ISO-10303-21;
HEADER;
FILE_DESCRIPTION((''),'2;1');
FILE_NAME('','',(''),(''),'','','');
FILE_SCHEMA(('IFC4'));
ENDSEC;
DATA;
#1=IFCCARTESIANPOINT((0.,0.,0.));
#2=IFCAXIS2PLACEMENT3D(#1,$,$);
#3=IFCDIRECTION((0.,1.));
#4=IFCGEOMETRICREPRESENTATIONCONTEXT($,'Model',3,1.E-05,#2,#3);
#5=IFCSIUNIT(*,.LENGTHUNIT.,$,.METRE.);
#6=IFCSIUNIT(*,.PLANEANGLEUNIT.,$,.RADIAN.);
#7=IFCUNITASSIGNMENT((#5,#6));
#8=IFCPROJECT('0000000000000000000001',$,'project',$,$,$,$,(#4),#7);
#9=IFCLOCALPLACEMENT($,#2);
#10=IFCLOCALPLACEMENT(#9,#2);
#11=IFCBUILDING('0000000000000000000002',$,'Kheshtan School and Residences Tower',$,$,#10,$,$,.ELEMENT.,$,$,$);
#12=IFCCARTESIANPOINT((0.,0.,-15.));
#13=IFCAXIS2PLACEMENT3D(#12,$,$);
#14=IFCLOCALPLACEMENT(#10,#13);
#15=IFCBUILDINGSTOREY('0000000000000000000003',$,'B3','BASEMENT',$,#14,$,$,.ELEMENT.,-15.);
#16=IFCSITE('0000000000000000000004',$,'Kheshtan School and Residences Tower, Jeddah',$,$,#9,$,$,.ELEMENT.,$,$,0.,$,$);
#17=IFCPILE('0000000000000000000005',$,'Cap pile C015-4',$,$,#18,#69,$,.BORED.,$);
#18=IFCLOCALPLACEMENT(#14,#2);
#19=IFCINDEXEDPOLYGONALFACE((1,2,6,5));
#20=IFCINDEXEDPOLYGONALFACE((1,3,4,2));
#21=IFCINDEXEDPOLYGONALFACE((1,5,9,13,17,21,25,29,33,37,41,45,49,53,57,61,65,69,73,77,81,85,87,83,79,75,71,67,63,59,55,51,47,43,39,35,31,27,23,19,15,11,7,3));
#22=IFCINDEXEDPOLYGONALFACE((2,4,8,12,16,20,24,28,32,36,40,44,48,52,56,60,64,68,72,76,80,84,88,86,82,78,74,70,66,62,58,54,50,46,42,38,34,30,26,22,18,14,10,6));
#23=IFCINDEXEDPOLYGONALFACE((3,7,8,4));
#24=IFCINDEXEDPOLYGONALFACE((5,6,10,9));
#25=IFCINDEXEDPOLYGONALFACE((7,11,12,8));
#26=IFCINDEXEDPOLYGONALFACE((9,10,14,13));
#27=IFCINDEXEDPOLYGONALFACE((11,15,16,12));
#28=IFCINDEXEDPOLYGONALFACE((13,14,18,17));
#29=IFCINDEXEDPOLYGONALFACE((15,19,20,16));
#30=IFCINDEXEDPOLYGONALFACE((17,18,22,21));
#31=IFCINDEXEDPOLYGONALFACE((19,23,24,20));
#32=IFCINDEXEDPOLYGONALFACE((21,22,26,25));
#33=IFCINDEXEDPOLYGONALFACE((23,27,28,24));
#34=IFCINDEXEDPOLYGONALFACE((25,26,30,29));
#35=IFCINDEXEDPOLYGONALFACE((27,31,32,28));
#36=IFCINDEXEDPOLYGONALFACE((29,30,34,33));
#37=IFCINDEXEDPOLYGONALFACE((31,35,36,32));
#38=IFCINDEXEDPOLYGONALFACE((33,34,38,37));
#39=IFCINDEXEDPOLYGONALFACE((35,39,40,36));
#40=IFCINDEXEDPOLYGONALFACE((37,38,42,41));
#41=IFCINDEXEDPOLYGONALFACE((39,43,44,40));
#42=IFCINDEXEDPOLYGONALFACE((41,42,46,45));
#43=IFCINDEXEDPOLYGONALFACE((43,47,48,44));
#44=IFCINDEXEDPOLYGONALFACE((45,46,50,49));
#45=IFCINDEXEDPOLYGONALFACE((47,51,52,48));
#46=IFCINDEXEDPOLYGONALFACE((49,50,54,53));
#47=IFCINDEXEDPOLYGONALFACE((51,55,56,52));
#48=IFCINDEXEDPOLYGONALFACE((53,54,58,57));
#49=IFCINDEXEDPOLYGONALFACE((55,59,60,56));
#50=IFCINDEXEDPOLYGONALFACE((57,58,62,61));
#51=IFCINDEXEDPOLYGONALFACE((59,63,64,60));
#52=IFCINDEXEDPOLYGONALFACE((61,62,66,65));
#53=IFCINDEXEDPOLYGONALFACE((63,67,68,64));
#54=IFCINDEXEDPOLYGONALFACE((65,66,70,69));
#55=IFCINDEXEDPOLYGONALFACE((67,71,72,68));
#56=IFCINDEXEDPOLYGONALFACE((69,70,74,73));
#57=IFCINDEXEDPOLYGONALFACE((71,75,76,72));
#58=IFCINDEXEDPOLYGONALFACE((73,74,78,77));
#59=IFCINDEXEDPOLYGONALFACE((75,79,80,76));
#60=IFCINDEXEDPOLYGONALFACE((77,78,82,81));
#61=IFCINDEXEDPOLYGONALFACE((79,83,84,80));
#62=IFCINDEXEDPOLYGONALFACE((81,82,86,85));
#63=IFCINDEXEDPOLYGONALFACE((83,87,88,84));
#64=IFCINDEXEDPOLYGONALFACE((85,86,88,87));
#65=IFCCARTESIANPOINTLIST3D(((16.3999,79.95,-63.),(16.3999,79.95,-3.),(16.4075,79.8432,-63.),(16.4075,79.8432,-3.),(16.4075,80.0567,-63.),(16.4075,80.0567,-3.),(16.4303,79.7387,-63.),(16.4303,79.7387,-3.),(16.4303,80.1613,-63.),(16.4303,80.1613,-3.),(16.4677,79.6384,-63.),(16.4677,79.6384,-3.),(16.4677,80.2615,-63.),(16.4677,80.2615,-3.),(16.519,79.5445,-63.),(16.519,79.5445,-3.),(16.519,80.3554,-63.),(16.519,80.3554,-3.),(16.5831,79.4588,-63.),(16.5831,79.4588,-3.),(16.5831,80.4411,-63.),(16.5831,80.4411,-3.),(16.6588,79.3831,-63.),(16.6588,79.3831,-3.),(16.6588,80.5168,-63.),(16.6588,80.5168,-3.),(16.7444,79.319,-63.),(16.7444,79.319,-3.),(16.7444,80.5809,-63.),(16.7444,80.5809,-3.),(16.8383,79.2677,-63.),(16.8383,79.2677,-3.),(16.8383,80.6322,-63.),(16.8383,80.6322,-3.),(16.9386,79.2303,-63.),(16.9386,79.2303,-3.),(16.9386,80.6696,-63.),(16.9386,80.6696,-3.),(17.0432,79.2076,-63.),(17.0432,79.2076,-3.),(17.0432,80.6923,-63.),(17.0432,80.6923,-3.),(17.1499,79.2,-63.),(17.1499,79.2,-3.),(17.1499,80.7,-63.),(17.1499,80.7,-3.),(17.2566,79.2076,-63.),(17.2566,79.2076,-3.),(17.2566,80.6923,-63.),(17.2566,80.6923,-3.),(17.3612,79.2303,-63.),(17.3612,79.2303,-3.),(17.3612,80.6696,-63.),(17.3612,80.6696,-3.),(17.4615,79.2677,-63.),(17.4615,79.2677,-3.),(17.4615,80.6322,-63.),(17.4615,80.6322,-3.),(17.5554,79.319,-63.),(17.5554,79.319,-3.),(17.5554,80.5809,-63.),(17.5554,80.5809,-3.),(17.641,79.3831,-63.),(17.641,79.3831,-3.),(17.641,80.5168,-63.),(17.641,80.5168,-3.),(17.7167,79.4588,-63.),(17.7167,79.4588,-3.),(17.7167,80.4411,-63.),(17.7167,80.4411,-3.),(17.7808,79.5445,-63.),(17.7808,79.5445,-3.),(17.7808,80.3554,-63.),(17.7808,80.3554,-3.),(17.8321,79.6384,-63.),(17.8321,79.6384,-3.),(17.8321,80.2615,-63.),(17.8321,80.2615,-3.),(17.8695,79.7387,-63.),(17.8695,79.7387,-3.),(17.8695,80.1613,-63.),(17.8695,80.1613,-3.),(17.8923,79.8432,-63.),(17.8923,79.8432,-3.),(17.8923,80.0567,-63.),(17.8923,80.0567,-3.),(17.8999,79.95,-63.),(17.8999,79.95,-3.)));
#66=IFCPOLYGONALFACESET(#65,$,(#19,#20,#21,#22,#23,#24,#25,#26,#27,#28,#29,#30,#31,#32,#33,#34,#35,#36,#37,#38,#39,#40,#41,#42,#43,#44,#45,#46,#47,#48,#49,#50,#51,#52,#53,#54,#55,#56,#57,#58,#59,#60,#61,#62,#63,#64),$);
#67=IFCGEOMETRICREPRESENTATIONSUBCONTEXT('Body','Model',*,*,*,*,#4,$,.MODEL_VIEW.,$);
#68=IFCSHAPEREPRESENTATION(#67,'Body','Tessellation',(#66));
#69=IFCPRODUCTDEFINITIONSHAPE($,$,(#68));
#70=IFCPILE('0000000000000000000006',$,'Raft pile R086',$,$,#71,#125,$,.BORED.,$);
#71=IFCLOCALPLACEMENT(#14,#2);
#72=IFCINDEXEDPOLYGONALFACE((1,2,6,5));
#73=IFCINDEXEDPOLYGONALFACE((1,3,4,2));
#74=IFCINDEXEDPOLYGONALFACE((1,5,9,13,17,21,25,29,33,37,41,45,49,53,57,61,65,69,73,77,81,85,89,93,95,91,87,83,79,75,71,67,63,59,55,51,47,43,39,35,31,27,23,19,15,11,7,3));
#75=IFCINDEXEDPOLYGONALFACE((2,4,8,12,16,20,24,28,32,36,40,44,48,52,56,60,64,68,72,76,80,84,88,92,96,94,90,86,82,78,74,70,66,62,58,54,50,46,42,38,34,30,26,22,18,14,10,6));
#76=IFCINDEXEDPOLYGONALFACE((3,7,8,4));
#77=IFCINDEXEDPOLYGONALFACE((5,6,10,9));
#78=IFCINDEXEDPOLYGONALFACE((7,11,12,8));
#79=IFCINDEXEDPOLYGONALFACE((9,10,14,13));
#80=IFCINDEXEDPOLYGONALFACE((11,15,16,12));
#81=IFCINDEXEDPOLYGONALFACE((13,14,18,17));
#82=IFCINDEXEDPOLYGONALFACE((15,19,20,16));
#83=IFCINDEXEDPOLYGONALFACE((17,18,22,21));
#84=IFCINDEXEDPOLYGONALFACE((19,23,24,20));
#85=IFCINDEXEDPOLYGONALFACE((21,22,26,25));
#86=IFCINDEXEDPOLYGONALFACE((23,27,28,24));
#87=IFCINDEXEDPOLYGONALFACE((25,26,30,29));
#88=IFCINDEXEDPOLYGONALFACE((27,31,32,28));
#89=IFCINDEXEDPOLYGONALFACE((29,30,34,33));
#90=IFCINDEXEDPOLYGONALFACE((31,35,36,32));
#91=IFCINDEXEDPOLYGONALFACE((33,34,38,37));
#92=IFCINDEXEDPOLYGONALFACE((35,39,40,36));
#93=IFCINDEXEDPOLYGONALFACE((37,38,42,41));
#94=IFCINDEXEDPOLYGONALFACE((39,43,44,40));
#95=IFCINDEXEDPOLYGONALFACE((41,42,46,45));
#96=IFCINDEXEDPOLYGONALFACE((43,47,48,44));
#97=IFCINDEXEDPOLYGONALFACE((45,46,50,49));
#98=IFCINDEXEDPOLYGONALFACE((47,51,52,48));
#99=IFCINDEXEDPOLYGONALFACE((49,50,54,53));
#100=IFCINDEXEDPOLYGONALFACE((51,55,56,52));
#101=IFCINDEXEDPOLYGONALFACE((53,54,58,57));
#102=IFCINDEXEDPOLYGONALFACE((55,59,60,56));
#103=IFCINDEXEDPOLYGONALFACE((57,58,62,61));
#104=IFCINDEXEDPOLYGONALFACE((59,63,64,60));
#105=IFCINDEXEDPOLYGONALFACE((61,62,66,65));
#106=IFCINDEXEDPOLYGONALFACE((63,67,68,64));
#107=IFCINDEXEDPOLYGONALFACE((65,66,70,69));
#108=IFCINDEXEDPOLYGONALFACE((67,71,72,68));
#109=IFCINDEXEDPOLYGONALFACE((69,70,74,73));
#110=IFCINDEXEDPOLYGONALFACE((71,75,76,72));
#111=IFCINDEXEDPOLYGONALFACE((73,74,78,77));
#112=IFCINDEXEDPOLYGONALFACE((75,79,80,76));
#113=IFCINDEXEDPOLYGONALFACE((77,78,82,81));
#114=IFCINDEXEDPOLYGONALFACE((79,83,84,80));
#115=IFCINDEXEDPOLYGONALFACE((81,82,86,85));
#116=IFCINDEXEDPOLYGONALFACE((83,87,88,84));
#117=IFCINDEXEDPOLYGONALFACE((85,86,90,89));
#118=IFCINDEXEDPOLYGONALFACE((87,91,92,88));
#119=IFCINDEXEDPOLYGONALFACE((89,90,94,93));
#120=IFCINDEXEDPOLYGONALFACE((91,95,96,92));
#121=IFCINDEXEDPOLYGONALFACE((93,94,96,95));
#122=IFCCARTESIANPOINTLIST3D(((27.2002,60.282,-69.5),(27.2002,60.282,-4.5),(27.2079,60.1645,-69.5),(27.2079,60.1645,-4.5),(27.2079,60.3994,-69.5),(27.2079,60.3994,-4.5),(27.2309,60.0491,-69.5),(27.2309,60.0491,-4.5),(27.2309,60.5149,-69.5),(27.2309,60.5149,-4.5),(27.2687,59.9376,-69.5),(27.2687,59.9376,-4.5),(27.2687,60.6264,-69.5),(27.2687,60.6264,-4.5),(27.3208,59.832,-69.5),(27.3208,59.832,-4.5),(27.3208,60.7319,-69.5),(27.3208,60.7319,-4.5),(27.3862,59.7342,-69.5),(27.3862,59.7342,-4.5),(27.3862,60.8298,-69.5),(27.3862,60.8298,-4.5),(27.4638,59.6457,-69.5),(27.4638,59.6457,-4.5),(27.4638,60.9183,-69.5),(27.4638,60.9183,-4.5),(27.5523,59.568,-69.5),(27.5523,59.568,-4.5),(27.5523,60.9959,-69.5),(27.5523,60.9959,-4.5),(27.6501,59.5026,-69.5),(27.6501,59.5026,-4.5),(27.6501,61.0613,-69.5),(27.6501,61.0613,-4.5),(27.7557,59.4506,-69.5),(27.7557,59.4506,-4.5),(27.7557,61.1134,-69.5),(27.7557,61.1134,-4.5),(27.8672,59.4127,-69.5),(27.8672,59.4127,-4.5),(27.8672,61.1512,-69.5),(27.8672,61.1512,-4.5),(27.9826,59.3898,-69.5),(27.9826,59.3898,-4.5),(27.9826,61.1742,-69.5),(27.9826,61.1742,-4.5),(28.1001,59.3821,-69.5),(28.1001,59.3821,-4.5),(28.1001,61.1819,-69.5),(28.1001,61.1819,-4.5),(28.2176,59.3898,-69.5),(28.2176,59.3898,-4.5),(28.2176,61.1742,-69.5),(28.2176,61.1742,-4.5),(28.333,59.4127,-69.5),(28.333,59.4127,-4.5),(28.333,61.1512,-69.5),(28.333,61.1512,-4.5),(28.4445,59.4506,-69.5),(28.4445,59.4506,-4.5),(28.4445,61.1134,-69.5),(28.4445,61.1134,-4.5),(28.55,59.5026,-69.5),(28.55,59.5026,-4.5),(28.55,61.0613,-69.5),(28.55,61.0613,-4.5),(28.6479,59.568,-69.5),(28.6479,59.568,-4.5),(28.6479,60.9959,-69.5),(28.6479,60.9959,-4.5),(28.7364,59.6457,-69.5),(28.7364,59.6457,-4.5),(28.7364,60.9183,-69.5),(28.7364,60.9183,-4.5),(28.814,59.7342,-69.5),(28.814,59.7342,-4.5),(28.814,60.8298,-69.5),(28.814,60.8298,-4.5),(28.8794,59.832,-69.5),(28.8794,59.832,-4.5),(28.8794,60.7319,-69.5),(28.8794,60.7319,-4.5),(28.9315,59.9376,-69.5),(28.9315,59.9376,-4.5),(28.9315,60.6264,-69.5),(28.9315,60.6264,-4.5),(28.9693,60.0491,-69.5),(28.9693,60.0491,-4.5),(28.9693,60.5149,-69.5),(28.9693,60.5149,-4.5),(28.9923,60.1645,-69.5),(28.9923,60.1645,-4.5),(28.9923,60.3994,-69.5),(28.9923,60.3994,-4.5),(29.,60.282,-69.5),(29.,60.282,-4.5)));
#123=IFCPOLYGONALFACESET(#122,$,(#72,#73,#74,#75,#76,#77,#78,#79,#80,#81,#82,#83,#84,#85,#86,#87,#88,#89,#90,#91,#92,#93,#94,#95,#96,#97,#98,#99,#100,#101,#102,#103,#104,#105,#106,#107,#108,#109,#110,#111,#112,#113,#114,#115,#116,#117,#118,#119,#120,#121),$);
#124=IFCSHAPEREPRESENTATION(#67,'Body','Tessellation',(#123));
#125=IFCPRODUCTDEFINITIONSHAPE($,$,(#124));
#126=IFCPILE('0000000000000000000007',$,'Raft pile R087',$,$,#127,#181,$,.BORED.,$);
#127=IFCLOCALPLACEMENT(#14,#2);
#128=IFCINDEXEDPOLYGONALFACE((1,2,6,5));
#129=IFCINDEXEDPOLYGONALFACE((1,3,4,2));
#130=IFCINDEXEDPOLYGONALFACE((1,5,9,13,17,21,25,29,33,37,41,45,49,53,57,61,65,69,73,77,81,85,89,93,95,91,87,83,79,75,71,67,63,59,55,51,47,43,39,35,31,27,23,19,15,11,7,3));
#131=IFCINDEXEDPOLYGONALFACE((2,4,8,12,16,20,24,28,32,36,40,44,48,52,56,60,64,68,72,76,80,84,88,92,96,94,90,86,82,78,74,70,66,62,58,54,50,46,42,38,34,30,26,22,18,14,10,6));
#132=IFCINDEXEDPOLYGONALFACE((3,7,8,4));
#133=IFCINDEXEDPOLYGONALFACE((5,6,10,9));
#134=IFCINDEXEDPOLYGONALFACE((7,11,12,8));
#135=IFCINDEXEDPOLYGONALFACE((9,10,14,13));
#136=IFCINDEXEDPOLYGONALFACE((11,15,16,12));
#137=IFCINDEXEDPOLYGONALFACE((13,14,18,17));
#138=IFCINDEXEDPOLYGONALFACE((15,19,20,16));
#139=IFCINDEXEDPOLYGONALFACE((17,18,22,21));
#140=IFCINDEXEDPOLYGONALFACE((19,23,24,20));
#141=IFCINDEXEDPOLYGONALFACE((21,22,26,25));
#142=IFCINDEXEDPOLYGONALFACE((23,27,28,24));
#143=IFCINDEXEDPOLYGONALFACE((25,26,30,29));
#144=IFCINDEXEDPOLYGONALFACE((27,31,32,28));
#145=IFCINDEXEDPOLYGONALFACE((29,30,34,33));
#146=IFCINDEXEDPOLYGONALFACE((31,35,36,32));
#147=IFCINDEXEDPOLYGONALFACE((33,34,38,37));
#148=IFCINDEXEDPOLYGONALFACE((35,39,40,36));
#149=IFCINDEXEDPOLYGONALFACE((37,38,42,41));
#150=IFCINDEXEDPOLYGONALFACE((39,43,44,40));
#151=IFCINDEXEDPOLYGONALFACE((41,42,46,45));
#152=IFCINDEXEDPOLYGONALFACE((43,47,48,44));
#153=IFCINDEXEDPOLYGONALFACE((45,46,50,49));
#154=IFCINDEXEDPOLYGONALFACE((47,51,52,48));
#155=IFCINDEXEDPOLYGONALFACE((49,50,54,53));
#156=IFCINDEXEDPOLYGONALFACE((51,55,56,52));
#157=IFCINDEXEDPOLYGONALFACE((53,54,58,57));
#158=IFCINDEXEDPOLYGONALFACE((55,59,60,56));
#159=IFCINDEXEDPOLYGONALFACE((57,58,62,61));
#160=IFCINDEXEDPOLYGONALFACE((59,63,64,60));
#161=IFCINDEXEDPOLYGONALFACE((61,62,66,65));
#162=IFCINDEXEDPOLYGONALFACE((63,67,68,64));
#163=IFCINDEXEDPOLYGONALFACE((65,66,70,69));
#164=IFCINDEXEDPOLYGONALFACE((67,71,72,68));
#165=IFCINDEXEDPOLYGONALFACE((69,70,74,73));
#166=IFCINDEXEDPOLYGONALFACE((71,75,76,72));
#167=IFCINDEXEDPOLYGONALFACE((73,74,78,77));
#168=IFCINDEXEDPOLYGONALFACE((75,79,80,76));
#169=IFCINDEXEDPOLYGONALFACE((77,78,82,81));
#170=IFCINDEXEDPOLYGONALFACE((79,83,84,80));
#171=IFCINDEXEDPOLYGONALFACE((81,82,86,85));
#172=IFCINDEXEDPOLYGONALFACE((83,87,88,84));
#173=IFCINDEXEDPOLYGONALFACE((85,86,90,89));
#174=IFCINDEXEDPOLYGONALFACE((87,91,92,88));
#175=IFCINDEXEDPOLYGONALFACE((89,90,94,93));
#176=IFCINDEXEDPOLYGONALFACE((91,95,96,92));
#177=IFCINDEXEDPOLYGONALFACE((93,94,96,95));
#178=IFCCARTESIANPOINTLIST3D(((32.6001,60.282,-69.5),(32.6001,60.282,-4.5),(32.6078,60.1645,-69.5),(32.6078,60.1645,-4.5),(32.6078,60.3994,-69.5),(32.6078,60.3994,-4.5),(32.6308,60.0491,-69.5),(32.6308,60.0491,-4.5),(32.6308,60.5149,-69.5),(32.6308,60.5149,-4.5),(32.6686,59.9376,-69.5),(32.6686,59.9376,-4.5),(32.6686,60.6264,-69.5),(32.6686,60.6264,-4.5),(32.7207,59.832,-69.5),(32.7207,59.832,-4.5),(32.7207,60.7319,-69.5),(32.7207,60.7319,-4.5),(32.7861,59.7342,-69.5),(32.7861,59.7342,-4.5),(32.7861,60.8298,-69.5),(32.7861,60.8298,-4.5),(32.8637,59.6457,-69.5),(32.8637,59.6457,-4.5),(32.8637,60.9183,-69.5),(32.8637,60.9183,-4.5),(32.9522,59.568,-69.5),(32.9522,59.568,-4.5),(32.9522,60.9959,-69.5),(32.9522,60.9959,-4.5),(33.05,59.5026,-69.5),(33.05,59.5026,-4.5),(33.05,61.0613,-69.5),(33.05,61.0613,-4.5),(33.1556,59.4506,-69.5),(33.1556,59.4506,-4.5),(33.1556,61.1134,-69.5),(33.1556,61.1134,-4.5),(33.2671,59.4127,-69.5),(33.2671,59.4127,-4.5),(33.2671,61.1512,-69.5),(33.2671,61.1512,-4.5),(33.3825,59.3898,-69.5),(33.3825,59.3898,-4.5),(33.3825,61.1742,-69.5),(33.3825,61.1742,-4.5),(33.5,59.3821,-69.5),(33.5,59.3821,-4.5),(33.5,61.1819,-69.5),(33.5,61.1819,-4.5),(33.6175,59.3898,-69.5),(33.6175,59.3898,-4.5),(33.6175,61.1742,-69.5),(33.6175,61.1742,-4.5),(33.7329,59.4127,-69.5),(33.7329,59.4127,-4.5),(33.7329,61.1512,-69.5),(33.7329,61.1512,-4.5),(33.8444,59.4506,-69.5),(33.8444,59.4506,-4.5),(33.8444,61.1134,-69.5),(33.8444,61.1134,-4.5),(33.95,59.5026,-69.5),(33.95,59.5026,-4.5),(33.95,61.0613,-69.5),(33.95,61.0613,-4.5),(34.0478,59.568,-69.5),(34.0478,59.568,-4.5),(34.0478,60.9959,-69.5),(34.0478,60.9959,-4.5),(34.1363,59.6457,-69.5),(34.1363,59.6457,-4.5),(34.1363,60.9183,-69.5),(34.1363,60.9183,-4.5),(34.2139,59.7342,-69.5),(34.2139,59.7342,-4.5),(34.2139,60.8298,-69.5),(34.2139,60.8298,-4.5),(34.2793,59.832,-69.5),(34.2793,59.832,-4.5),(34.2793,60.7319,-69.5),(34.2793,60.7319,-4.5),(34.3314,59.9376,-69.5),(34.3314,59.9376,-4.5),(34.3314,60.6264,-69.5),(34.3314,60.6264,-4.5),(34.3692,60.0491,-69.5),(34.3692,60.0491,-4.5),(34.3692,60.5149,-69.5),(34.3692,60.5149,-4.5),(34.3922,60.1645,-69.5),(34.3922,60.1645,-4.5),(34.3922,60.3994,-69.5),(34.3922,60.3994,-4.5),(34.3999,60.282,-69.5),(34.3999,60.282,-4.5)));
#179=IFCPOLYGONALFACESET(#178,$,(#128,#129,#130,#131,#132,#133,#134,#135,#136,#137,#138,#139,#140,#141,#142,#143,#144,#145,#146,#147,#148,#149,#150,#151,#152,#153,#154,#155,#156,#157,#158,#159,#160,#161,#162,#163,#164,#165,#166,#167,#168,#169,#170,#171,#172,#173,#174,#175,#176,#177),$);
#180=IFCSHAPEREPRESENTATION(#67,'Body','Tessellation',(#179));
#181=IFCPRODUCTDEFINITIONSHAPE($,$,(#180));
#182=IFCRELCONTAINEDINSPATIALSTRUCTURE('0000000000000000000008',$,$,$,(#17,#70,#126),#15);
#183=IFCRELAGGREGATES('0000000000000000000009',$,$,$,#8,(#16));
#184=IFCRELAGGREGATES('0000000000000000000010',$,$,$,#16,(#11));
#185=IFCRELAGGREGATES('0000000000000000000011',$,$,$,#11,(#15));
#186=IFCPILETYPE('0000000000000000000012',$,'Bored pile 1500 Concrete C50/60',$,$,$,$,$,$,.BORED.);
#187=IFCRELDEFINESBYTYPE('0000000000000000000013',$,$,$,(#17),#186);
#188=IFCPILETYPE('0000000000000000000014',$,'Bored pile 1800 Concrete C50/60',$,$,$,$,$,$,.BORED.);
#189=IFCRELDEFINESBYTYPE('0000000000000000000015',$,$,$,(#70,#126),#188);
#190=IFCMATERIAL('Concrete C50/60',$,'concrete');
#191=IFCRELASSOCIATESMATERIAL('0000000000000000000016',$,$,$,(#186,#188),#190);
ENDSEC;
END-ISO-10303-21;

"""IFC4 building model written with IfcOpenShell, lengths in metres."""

from ifc_helpers import new_model, si_unit, direction, frame, origin, origin_2d, place, context, subcontext, project, spatial, circle, extrude, material, material_profile, profile_set, type_object, element, save


model = new_model("IFC4")

# Units and contexts
model_context = context("Model", 3, precision=1e-05, world=origin(), true_north=direction((0.0, 1.0)))
body_context = subcontext(model_context, "Body", "Model", "MODEL_VIEW")
ifc_project = project(units=[si_unit("LENGTHUNIT", "METRE"), si_unit("PLANEANGLEUNIT", "RADIAN")], contexts=[model_context])

# Site, building, storey
site_placement = place(None, origin())
site = spatial("IfcSite", under=ifc_project, at=site_placement, Name="Kheshtan School and Residences Tower, Jeddah", CompositionType="ELEMENT", RefElevation=0.0)
building_placement = place(site_placement, origin())
building = spatial("IfcBuilding", under=site, at=building_placement, Name="Kheshtan School and Residences Tower", CompositionType="ELEMENT")
storey_placement = place(building_placement, frame((0.0, 0.0, -15.0)))
storey = spatial("IfcBuildingStorey", under=building, at=storey_placement, Name="B3", Description="BASEMENT", CompositionType="ELEMENT", Elevation=-15.0)

# Piles
ifc_material_1 = material(Name="Concrete C50/60", Category="concrete")
ifc_material_profile_1 = material_profile(ifc_material_1, circle(Radius=0.75, at=origin_2d()), Name="BP 1500")
ifc_profile_set_1 = profile_set([ifc_material_profile_1], Name="Concrete C50/60")
pile_type_1 = type_object("IfcPileType", Name="Bored pile 1500 Concrete C50/60", PredefinedType="BORED", material=ifc_profile_set_1)
pile_placement = place(storey_placement, frame((17.1499, 79.95, -3.0), z_axis=(0.0, 0.0, -1.0), x_axis=(1.0, 0.0, 0.0)))
element("IfcPile", 1, at=pile_placement, inside=storey, type_object=pile_type_1, Name="Cap pile C015-4", PredefinedType="BORED", context=body_context, shape_type="SweptSolid", body=[
    extrude(circle(Radius=0.75, at=origin_2d()), origin(), (0.0, 0.0, 1.0), 60.0),
])
ifc_material_profile_2 = material_profile(ifc_material_1, circle(Radius=0.8999, at=origin_2d()), Name="BP 1800")
ifc_profile_set_2 = profile_set([ifc_material_profile_2], Name="Concrete C50/60")
pile_type_2 = type_object("IfcPileType", Name="Bored pile 1800 Concrete C50/60", PredefinedType="BORED", material=ifc_profile_set_2)
for number, where, z_axis, x_axis, name in (
    (2, (28.1001, 60.282, -4.5), (0.0, 0.0, -1.0), (1.0, 0.0, 0.0), "Raft pile R086"),
    (3, (33.5, 60.282, -4.5), (0.0, 0.0, -1.0), (1.0, 0.0, 0.0), "Raft pile R087"),
):
    element("IfcPile", number, at=place(storey_placement, frame(where, z_axis=z_axis, x_axis=x_axis)), inside=storey, type_object=pile_type_2, Name=name, PredefinedType="BORED", context=body_context, shape_type="SweptSolid", body=[
        extrude(circle(Radius=0.8999, at=origin_2d()), origin(), (0.0, 0.0, 1.0), 65.0),
    ])

save(model, "model.ifc")
